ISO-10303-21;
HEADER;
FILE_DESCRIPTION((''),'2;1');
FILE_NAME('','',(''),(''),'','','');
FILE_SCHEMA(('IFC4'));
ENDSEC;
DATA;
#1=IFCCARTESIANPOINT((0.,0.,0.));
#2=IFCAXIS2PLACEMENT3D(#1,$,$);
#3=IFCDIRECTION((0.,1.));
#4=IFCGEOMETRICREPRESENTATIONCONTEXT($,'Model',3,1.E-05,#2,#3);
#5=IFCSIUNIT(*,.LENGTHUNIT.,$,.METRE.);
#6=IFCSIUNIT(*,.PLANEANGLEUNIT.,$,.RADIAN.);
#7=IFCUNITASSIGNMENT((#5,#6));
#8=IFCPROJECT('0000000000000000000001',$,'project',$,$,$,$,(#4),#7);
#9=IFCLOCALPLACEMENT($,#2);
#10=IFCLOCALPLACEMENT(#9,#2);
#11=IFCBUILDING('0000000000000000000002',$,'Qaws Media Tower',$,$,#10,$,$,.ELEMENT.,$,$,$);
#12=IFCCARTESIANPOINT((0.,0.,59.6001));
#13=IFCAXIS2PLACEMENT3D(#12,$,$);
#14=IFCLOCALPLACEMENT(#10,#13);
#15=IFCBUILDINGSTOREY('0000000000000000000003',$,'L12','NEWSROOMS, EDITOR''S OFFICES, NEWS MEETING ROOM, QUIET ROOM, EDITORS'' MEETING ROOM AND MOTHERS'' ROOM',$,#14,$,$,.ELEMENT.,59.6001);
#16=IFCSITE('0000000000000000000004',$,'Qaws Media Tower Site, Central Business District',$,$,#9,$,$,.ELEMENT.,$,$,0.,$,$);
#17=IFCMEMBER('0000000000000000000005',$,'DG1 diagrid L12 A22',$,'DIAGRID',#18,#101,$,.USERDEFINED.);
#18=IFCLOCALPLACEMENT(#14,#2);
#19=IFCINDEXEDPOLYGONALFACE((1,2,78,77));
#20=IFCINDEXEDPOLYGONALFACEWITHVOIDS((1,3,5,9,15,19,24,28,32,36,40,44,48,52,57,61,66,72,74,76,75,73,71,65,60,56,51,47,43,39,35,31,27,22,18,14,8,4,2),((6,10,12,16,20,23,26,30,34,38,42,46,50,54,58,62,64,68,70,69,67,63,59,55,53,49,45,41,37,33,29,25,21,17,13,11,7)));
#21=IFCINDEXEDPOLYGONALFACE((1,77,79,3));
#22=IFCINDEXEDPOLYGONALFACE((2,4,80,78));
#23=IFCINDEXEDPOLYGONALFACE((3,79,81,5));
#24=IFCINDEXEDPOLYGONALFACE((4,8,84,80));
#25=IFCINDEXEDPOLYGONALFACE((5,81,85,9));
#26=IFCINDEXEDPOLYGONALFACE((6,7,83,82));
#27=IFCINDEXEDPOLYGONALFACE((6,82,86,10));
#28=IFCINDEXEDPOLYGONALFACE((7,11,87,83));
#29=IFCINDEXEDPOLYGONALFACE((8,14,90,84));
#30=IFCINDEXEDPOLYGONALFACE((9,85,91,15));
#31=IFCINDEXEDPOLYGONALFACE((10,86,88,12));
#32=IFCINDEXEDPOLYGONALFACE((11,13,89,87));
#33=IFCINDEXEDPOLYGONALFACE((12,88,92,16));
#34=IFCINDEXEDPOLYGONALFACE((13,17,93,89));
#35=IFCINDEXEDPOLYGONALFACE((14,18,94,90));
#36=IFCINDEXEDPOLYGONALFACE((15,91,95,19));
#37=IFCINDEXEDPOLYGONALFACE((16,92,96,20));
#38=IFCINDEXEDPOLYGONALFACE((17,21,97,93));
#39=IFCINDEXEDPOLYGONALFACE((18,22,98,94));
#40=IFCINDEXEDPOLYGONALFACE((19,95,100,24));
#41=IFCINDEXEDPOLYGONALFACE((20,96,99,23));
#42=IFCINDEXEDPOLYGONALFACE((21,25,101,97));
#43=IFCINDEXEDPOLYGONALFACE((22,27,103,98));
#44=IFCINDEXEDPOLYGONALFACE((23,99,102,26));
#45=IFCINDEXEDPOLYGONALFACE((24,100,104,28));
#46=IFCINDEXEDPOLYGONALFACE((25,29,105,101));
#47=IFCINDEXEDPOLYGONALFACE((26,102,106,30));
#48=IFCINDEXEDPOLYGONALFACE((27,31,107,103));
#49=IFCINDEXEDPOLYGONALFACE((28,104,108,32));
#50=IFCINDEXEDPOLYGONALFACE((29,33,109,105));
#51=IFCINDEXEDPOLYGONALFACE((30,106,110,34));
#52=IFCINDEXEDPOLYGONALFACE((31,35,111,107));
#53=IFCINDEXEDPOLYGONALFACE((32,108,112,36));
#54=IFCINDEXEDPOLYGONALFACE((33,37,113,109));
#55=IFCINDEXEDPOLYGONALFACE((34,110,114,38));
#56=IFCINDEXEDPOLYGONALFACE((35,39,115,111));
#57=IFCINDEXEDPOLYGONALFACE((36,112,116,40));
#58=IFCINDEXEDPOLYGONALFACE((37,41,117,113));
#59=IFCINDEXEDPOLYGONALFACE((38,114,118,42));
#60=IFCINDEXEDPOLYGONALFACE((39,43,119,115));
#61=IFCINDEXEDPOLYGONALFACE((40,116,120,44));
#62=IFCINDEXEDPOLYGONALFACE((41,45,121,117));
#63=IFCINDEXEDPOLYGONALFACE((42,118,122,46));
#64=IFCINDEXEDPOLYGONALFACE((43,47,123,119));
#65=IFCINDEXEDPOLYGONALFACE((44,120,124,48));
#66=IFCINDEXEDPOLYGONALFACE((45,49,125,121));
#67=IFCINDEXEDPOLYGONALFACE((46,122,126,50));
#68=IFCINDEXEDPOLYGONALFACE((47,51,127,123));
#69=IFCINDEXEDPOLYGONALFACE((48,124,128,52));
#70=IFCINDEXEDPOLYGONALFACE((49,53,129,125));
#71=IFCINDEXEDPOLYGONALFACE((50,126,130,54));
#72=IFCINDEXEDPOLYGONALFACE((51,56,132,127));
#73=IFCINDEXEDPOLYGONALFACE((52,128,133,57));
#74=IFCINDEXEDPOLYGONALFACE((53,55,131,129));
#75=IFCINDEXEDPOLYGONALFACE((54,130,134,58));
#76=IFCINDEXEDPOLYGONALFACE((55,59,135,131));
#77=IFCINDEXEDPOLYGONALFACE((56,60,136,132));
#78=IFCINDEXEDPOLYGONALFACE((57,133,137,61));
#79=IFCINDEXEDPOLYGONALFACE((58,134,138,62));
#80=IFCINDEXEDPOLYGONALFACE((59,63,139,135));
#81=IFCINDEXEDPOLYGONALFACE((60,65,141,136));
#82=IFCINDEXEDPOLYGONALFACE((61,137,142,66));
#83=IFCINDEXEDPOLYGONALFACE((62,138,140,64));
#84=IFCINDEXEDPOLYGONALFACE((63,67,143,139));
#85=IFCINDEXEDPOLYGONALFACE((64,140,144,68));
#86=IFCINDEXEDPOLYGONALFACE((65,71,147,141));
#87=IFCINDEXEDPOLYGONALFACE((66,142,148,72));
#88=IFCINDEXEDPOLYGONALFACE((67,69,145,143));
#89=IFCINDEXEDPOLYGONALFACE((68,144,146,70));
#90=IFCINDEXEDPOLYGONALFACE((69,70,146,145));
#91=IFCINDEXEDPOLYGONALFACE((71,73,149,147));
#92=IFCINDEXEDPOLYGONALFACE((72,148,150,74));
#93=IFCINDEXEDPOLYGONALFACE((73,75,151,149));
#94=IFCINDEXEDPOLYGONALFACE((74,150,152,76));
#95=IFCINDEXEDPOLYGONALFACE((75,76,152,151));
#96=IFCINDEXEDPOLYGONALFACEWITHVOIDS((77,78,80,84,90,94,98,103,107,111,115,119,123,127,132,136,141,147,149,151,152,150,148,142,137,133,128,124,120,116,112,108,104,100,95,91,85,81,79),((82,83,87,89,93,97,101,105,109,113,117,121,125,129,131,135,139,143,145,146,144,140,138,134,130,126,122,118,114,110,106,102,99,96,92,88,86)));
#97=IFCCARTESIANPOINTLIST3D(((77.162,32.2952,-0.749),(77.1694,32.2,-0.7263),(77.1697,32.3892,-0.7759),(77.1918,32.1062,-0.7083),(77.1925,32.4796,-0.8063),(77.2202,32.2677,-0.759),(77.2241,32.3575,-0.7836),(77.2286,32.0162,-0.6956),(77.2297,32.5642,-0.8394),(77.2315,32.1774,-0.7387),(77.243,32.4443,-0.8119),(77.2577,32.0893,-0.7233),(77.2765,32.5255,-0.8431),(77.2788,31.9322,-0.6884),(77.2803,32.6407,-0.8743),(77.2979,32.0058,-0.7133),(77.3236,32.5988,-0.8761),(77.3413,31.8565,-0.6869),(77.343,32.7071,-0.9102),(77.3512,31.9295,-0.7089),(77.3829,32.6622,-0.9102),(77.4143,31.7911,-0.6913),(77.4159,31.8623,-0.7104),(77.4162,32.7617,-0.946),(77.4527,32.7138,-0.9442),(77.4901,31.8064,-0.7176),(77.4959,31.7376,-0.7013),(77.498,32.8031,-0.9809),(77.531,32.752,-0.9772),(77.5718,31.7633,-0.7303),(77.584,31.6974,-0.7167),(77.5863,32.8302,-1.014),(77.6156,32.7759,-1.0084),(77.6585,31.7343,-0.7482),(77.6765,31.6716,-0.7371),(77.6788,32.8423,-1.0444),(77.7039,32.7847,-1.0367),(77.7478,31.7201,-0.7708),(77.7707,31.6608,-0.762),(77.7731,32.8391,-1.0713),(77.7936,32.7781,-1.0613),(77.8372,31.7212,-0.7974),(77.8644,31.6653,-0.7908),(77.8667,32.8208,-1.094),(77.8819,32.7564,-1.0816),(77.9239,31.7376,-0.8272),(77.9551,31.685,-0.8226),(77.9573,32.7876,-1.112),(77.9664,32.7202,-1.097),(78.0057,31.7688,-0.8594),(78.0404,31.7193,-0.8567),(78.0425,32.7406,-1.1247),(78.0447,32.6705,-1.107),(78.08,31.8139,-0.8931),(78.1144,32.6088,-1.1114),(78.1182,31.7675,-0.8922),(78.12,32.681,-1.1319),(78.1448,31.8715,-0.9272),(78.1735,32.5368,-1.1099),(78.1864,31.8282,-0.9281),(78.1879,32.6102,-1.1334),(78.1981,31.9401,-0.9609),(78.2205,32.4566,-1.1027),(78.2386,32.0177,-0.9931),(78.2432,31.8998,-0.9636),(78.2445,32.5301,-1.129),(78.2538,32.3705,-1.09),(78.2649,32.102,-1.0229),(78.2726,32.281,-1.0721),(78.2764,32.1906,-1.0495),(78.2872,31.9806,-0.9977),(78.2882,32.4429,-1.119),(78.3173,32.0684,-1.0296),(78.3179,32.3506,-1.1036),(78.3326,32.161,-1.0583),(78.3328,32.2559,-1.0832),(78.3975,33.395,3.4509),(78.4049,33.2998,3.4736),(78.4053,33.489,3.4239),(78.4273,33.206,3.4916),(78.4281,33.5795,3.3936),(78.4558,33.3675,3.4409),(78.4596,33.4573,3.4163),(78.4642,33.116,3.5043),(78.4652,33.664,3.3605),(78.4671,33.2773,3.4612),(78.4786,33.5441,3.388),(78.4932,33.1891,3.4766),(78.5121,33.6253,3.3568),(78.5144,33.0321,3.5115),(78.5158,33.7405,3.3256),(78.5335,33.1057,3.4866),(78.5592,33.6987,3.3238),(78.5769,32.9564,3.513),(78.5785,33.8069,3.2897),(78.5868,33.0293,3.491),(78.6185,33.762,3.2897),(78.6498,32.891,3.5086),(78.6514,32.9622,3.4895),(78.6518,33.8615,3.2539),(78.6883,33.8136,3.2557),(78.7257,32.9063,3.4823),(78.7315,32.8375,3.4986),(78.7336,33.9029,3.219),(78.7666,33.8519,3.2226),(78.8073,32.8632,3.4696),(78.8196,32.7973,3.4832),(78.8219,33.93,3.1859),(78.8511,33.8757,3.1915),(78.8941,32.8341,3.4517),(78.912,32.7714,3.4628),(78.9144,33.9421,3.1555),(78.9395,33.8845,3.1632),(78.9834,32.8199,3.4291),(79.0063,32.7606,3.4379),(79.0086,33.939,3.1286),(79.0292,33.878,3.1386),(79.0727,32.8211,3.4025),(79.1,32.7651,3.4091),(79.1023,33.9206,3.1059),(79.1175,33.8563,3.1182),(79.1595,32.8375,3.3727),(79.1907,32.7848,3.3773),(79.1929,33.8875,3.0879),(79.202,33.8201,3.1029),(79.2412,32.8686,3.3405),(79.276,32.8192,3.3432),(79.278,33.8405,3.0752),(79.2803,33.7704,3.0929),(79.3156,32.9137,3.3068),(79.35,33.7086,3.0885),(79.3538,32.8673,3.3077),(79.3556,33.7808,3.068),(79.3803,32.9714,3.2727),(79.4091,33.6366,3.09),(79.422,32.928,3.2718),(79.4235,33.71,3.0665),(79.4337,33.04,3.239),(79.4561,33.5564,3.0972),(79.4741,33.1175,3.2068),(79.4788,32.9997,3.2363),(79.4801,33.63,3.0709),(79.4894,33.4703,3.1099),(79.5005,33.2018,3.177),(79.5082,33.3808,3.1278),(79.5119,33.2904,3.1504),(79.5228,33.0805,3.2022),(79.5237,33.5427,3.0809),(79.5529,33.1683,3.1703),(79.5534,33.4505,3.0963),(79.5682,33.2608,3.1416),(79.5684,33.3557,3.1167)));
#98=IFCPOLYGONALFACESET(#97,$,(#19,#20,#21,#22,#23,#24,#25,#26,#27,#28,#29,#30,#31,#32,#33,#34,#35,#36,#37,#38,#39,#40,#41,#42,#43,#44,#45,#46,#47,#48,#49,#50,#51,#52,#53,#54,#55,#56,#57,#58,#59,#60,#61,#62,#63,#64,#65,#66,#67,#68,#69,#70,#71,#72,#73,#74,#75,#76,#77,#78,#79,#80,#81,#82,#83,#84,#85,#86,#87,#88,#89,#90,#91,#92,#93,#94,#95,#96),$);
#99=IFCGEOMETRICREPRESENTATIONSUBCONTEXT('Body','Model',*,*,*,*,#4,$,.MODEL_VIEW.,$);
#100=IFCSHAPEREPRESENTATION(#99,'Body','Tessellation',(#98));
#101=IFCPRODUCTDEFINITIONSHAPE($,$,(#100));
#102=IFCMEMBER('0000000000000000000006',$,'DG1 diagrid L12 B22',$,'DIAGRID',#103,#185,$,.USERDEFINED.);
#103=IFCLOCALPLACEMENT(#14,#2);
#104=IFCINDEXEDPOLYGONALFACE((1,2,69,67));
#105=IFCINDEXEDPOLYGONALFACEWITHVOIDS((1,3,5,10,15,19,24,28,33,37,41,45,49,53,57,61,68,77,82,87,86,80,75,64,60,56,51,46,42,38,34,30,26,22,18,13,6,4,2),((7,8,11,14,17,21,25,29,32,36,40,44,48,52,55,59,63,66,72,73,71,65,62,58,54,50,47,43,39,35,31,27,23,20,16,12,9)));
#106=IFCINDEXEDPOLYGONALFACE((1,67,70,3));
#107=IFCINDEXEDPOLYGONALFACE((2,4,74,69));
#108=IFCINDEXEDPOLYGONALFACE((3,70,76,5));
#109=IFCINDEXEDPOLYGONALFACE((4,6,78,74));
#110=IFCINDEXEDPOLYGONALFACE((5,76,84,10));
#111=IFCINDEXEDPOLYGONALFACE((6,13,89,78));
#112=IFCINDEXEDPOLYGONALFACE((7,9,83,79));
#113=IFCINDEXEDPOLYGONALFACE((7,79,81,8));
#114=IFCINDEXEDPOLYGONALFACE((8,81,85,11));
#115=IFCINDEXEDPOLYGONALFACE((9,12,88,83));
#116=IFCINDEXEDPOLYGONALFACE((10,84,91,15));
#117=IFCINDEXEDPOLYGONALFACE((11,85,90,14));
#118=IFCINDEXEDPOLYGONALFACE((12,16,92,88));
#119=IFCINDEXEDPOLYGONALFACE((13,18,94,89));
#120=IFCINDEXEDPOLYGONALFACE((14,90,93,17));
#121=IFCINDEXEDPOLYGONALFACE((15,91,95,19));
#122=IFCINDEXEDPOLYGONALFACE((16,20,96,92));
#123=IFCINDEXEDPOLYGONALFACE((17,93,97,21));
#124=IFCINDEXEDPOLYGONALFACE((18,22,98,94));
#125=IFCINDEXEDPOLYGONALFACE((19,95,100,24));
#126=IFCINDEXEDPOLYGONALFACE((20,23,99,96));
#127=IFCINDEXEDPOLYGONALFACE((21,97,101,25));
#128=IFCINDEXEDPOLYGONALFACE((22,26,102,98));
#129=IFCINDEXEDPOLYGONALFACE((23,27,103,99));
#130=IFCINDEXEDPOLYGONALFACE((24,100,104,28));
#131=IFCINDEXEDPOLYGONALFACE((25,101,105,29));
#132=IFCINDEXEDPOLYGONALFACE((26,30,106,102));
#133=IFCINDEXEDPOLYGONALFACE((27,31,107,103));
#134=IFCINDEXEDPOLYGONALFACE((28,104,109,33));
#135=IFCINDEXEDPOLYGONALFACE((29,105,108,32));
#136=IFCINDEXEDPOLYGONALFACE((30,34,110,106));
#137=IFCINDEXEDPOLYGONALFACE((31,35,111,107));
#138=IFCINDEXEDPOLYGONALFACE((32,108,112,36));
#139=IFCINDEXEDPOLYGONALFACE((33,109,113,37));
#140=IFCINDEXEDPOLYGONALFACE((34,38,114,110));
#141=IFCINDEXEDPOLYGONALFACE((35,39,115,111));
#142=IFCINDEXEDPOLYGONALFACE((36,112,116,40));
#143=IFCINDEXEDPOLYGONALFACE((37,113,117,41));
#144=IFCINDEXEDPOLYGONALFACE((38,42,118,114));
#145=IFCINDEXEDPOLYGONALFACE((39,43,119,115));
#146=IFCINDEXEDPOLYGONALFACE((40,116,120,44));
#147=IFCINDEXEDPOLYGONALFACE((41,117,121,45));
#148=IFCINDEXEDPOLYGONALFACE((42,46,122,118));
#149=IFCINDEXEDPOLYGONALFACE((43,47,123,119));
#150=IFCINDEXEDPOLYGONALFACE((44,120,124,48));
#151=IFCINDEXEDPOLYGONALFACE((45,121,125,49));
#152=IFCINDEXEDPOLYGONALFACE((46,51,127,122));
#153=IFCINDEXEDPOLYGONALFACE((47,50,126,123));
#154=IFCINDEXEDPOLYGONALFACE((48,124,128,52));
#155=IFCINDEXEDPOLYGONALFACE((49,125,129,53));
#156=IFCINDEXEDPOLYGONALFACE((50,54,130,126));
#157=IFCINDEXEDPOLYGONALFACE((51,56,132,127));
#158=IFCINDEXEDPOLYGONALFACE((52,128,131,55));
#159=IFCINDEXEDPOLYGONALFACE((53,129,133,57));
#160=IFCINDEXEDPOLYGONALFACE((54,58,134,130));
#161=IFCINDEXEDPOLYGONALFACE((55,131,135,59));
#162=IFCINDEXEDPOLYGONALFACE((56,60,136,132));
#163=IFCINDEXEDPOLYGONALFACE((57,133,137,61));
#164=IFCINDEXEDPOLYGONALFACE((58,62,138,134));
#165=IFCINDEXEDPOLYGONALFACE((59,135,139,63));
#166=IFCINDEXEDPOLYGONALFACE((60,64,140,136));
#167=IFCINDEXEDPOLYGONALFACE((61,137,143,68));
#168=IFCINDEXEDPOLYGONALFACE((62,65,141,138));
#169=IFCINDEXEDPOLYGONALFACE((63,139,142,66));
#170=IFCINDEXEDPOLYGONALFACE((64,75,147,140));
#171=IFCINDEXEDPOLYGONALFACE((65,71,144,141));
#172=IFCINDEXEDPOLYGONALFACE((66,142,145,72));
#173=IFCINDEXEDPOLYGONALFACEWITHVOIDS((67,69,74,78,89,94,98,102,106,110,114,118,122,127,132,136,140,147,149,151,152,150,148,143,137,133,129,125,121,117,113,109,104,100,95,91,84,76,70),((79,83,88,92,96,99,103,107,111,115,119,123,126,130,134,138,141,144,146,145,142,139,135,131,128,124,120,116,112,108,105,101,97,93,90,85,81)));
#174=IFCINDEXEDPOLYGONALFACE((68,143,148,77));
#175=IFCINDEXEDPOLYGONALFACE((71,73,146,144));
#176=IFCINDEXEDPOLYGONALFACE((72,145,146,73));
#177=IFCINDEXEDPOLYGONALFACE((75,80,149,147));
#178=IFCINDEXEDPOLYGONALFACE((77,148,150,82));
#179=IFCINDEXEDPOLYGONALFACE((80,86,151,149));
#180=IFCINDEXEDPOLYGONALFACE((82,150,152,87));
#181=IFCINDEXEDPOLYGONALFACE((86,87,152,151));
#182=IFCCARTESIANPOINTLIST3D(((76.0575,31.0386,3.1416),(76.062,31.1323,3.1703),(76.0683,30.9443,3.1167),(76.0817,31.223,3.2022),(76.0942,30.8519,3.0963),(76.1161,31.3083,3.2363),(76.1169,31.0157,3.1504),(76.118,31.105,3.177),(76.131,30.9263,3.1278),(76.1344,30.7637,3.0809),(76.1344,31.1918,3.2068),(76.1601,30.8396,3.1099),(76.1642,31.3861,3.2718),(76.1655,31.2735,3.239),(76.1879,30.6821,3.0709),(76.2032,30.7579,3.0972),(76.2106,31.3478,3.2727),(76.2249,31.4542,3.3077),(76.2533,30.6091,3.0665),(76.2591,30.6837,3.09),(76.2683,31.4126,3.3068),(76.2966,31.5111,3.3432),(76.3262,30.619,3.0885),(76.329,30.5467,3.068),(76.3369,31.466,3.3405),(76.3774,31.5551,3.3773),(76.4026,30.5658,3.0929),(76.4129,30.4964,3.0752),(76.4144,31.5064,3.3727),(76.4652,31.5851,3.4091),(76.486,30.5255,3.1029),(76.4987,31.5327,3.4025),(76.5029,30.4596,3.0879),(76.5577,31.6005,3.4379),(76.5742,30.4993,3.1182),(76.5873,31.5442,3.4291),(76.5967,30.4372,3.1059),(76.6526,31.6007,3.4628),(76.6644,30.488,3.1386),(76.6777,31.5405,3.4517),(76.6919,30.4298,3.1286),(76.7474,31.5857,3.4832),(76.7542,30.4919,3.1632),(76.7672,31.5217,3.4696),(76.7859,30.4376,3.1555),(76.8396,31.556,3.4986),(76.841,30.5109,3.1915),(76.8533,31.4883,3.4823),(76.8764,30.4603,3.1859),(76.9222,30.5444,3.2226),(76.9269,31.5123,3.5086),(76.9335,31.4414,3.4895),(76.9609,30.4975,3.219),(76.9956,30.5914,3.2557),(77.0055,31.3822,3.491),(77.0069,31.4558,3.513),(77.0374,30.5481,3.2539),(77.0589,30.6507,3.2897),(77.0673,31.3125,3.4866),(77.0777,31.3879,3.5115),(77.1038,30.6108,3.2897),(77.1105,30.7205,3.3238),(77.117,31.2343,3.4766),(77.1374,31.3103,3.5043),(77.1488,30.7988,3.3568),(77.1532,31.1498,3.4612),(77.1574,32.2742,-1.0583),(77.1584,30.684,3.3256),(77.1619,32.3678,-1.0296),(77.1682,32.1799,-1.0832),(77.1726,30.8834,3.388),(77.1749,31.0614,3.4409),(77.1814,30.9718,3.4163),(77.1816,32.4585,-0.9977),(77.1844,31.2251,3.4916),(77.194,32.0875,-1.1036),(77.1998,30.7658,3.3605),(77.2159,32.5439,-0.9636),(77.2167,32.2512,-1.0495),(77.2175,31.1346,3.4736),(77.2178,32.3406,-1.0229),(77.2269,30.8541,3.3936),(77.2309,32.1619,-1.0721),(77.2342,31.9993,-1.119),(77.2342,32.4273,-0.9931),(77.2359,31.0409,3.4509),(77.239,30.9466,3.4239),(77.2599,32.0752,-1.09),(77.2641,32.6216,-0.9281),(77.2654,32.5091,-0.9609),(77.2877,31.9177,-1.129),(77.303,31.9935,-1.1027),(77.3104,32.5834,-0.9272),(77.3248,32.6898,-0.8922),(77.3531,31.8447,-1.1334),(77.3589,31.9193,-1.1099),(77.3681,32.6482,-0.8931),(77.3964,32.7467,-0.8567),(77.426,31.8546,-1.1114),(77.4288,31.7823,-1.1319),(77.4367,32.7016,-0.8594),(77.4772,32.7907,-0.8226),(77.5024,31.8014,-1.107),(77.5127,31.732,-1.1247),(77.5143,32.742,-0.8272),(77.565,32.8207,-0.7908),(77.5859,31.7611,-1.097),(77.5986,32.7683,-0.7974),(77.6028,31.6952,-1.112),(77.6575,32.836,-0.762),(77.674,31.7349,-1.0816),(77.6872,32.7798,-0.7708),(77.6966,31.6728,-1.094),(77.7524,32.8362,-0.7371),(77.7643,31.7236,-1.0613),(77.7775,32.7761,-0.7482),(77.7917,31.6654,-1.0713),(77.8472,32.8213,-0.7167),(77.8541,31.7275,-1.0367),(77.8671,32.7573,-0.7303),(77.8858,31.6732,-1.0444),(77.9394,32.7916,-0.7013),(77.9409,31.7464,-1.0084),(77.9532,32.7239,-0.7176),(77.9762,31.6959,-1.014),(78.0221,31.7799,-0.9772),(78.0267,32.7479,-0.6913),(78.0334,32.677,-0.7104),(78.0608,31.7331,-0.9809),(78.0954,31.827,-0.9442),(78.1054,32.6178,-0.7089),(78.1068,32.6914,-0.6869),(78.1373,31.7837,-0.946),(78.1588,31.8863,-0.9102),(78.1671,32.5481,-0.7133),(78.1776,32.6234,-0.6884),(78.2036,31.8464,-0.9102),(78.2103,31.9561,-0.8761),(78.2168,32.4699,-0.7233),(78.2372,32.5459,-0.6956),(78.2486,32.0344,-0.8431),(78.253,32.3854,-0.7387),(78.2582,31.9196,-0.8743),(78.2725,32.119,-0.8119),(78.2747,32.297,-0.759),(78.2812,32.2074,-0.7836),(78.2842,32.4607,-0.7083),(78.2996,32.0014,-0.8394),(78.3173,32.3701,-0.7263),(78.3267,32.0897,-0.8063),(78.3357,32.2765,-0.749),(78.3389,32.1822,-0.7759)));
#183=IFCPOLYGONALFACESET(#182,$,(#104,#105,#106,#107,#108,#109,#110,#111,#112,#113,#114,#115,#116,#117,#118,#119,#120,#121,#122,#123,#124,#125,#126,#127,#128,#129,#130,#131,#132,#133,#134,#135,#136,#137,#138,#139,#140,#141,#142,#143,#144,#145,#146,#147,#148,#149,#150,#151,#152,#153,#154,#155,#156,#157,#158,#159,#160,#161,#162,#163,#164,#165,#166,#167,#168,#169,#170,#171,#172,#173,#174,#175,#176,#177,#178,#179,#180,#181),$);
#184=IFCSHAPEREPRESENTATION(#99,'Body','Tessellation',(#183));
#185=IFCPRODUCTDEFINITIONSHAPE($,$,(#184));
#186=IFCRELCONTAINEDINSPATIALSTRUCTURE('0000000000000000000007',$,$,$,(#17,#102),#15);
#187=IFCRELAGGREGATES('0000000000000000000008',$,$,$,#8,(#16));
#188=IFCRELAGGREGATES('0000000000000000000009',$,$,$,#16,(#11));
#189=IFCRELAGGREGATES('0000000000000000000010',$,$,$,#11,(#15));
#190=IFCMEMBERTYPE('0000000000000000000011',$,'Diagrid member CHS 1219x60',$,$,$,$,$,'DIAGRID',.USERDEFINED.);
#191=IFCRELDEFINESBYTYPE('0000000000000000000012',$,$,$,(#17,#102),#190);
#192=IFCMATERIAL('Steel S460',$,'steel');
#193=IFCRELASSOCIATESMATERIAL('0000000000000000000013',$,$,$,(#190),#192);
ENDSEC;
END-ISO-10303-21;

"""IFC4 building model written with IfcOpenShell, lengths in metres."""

from ifc_helpers import new_model, si_unit, direction, frame, origin, origin_2d, place, context, subcontext, project, spatial, hollow_circle, extrude, material, material_profile, profile_set, type_object, element, save


model = new_model("IFC4")

# Units and contexts
model_context = context("Model", 3, precision=1e-05, world=origin(), true_north=direction((0.0, 1.0)))
body_context = subcontext(model_context, "Body", "Model", "MODEL_VIEW")
ifc_project = project(units=[si_unit("LENGTHUNIT", "METRE"), si_unit("PLANEANGLEUNIT", "RADIAN")], contexts=[model_context])

# Site, building, storey
site_placement = place(None, origin())
site = spatial("IfcSite", under=ifc_project, at=site_placement, Name="Qaws Media Tower Site, Central Business District", CompositionType="ELEMENT", RefElevation=0.0)
building_placement = place(site_placement, origin())
building = spatial("IfcBuilding", under=site, at=building_placement, Name="Qaws Media Tower", CompositionType="ELEMENT")
storey_placement = place(building_placement, frame((0.0, 0.0, 59.6001)))
storey = spatial("IfcBuildingStorey", under=building, at=storey_placement, Name="L12", Description="NEWSROOMS, EDITOR'S OFFICES, NEWS MEETING ROOM, QUIET ROOM, EDITORS' MEETING ROOM AND MOTHERS' ROOM", CompositionType="ELEMENT", Elevation=59.6001)

# Members
ifc_material_1 = material(Name="Steel S460", Category="steel")
ifc_material_profile_1 = material_profile(ifc_material_1, hollow_circle(Radius=0.6096, WallThickness=0.0601, at=origin_2d()), Name="CHS 1219x60")
ifc_profile_set_1 = profile_set([ifc_material_profile_1], Name="Steel S460")
member_type_1 = type_object("IfcMemberType", Name="Diagrid member CHS 1219x60", ElementType="DIAGRID", PredefinedType="USERDEFINED", material=ifc_profile_set_1)
for number, where, z_axis, x_axis, name in (
    (1, (77.7483, 32.2517, -0.9102), (0.273727, 0.243655, 0.930433), (-0.664886, 0.746945, 0.0), "DG1 diagrid L12 A22"),
    (2, (77.7483, 32.2517, -0.9102), (-0.243655, -0.273727, 0.930433), (0.746945, -0.664886, 0.0), "DG1 diagrid L12 B22"),
):
    element("IfcMember", number, at=place(storey_placement, frame(where, z_axis=z_axis, x_axis=x_axis)), inside=storey, type_object=member_type_1, Name=name, ObjectType="DIAGRID", PredefinedType="USERDEFINED", context=body_context, shape_type="SweptSolid", body=[
        extrude(hollow_circle(Radius=0.6096, WallThickness=0.0601, at=origin_2d()), origin(), (0.0, 0.0, 1.0), 4.5139),
    ])

save(model, "model.ifc")
